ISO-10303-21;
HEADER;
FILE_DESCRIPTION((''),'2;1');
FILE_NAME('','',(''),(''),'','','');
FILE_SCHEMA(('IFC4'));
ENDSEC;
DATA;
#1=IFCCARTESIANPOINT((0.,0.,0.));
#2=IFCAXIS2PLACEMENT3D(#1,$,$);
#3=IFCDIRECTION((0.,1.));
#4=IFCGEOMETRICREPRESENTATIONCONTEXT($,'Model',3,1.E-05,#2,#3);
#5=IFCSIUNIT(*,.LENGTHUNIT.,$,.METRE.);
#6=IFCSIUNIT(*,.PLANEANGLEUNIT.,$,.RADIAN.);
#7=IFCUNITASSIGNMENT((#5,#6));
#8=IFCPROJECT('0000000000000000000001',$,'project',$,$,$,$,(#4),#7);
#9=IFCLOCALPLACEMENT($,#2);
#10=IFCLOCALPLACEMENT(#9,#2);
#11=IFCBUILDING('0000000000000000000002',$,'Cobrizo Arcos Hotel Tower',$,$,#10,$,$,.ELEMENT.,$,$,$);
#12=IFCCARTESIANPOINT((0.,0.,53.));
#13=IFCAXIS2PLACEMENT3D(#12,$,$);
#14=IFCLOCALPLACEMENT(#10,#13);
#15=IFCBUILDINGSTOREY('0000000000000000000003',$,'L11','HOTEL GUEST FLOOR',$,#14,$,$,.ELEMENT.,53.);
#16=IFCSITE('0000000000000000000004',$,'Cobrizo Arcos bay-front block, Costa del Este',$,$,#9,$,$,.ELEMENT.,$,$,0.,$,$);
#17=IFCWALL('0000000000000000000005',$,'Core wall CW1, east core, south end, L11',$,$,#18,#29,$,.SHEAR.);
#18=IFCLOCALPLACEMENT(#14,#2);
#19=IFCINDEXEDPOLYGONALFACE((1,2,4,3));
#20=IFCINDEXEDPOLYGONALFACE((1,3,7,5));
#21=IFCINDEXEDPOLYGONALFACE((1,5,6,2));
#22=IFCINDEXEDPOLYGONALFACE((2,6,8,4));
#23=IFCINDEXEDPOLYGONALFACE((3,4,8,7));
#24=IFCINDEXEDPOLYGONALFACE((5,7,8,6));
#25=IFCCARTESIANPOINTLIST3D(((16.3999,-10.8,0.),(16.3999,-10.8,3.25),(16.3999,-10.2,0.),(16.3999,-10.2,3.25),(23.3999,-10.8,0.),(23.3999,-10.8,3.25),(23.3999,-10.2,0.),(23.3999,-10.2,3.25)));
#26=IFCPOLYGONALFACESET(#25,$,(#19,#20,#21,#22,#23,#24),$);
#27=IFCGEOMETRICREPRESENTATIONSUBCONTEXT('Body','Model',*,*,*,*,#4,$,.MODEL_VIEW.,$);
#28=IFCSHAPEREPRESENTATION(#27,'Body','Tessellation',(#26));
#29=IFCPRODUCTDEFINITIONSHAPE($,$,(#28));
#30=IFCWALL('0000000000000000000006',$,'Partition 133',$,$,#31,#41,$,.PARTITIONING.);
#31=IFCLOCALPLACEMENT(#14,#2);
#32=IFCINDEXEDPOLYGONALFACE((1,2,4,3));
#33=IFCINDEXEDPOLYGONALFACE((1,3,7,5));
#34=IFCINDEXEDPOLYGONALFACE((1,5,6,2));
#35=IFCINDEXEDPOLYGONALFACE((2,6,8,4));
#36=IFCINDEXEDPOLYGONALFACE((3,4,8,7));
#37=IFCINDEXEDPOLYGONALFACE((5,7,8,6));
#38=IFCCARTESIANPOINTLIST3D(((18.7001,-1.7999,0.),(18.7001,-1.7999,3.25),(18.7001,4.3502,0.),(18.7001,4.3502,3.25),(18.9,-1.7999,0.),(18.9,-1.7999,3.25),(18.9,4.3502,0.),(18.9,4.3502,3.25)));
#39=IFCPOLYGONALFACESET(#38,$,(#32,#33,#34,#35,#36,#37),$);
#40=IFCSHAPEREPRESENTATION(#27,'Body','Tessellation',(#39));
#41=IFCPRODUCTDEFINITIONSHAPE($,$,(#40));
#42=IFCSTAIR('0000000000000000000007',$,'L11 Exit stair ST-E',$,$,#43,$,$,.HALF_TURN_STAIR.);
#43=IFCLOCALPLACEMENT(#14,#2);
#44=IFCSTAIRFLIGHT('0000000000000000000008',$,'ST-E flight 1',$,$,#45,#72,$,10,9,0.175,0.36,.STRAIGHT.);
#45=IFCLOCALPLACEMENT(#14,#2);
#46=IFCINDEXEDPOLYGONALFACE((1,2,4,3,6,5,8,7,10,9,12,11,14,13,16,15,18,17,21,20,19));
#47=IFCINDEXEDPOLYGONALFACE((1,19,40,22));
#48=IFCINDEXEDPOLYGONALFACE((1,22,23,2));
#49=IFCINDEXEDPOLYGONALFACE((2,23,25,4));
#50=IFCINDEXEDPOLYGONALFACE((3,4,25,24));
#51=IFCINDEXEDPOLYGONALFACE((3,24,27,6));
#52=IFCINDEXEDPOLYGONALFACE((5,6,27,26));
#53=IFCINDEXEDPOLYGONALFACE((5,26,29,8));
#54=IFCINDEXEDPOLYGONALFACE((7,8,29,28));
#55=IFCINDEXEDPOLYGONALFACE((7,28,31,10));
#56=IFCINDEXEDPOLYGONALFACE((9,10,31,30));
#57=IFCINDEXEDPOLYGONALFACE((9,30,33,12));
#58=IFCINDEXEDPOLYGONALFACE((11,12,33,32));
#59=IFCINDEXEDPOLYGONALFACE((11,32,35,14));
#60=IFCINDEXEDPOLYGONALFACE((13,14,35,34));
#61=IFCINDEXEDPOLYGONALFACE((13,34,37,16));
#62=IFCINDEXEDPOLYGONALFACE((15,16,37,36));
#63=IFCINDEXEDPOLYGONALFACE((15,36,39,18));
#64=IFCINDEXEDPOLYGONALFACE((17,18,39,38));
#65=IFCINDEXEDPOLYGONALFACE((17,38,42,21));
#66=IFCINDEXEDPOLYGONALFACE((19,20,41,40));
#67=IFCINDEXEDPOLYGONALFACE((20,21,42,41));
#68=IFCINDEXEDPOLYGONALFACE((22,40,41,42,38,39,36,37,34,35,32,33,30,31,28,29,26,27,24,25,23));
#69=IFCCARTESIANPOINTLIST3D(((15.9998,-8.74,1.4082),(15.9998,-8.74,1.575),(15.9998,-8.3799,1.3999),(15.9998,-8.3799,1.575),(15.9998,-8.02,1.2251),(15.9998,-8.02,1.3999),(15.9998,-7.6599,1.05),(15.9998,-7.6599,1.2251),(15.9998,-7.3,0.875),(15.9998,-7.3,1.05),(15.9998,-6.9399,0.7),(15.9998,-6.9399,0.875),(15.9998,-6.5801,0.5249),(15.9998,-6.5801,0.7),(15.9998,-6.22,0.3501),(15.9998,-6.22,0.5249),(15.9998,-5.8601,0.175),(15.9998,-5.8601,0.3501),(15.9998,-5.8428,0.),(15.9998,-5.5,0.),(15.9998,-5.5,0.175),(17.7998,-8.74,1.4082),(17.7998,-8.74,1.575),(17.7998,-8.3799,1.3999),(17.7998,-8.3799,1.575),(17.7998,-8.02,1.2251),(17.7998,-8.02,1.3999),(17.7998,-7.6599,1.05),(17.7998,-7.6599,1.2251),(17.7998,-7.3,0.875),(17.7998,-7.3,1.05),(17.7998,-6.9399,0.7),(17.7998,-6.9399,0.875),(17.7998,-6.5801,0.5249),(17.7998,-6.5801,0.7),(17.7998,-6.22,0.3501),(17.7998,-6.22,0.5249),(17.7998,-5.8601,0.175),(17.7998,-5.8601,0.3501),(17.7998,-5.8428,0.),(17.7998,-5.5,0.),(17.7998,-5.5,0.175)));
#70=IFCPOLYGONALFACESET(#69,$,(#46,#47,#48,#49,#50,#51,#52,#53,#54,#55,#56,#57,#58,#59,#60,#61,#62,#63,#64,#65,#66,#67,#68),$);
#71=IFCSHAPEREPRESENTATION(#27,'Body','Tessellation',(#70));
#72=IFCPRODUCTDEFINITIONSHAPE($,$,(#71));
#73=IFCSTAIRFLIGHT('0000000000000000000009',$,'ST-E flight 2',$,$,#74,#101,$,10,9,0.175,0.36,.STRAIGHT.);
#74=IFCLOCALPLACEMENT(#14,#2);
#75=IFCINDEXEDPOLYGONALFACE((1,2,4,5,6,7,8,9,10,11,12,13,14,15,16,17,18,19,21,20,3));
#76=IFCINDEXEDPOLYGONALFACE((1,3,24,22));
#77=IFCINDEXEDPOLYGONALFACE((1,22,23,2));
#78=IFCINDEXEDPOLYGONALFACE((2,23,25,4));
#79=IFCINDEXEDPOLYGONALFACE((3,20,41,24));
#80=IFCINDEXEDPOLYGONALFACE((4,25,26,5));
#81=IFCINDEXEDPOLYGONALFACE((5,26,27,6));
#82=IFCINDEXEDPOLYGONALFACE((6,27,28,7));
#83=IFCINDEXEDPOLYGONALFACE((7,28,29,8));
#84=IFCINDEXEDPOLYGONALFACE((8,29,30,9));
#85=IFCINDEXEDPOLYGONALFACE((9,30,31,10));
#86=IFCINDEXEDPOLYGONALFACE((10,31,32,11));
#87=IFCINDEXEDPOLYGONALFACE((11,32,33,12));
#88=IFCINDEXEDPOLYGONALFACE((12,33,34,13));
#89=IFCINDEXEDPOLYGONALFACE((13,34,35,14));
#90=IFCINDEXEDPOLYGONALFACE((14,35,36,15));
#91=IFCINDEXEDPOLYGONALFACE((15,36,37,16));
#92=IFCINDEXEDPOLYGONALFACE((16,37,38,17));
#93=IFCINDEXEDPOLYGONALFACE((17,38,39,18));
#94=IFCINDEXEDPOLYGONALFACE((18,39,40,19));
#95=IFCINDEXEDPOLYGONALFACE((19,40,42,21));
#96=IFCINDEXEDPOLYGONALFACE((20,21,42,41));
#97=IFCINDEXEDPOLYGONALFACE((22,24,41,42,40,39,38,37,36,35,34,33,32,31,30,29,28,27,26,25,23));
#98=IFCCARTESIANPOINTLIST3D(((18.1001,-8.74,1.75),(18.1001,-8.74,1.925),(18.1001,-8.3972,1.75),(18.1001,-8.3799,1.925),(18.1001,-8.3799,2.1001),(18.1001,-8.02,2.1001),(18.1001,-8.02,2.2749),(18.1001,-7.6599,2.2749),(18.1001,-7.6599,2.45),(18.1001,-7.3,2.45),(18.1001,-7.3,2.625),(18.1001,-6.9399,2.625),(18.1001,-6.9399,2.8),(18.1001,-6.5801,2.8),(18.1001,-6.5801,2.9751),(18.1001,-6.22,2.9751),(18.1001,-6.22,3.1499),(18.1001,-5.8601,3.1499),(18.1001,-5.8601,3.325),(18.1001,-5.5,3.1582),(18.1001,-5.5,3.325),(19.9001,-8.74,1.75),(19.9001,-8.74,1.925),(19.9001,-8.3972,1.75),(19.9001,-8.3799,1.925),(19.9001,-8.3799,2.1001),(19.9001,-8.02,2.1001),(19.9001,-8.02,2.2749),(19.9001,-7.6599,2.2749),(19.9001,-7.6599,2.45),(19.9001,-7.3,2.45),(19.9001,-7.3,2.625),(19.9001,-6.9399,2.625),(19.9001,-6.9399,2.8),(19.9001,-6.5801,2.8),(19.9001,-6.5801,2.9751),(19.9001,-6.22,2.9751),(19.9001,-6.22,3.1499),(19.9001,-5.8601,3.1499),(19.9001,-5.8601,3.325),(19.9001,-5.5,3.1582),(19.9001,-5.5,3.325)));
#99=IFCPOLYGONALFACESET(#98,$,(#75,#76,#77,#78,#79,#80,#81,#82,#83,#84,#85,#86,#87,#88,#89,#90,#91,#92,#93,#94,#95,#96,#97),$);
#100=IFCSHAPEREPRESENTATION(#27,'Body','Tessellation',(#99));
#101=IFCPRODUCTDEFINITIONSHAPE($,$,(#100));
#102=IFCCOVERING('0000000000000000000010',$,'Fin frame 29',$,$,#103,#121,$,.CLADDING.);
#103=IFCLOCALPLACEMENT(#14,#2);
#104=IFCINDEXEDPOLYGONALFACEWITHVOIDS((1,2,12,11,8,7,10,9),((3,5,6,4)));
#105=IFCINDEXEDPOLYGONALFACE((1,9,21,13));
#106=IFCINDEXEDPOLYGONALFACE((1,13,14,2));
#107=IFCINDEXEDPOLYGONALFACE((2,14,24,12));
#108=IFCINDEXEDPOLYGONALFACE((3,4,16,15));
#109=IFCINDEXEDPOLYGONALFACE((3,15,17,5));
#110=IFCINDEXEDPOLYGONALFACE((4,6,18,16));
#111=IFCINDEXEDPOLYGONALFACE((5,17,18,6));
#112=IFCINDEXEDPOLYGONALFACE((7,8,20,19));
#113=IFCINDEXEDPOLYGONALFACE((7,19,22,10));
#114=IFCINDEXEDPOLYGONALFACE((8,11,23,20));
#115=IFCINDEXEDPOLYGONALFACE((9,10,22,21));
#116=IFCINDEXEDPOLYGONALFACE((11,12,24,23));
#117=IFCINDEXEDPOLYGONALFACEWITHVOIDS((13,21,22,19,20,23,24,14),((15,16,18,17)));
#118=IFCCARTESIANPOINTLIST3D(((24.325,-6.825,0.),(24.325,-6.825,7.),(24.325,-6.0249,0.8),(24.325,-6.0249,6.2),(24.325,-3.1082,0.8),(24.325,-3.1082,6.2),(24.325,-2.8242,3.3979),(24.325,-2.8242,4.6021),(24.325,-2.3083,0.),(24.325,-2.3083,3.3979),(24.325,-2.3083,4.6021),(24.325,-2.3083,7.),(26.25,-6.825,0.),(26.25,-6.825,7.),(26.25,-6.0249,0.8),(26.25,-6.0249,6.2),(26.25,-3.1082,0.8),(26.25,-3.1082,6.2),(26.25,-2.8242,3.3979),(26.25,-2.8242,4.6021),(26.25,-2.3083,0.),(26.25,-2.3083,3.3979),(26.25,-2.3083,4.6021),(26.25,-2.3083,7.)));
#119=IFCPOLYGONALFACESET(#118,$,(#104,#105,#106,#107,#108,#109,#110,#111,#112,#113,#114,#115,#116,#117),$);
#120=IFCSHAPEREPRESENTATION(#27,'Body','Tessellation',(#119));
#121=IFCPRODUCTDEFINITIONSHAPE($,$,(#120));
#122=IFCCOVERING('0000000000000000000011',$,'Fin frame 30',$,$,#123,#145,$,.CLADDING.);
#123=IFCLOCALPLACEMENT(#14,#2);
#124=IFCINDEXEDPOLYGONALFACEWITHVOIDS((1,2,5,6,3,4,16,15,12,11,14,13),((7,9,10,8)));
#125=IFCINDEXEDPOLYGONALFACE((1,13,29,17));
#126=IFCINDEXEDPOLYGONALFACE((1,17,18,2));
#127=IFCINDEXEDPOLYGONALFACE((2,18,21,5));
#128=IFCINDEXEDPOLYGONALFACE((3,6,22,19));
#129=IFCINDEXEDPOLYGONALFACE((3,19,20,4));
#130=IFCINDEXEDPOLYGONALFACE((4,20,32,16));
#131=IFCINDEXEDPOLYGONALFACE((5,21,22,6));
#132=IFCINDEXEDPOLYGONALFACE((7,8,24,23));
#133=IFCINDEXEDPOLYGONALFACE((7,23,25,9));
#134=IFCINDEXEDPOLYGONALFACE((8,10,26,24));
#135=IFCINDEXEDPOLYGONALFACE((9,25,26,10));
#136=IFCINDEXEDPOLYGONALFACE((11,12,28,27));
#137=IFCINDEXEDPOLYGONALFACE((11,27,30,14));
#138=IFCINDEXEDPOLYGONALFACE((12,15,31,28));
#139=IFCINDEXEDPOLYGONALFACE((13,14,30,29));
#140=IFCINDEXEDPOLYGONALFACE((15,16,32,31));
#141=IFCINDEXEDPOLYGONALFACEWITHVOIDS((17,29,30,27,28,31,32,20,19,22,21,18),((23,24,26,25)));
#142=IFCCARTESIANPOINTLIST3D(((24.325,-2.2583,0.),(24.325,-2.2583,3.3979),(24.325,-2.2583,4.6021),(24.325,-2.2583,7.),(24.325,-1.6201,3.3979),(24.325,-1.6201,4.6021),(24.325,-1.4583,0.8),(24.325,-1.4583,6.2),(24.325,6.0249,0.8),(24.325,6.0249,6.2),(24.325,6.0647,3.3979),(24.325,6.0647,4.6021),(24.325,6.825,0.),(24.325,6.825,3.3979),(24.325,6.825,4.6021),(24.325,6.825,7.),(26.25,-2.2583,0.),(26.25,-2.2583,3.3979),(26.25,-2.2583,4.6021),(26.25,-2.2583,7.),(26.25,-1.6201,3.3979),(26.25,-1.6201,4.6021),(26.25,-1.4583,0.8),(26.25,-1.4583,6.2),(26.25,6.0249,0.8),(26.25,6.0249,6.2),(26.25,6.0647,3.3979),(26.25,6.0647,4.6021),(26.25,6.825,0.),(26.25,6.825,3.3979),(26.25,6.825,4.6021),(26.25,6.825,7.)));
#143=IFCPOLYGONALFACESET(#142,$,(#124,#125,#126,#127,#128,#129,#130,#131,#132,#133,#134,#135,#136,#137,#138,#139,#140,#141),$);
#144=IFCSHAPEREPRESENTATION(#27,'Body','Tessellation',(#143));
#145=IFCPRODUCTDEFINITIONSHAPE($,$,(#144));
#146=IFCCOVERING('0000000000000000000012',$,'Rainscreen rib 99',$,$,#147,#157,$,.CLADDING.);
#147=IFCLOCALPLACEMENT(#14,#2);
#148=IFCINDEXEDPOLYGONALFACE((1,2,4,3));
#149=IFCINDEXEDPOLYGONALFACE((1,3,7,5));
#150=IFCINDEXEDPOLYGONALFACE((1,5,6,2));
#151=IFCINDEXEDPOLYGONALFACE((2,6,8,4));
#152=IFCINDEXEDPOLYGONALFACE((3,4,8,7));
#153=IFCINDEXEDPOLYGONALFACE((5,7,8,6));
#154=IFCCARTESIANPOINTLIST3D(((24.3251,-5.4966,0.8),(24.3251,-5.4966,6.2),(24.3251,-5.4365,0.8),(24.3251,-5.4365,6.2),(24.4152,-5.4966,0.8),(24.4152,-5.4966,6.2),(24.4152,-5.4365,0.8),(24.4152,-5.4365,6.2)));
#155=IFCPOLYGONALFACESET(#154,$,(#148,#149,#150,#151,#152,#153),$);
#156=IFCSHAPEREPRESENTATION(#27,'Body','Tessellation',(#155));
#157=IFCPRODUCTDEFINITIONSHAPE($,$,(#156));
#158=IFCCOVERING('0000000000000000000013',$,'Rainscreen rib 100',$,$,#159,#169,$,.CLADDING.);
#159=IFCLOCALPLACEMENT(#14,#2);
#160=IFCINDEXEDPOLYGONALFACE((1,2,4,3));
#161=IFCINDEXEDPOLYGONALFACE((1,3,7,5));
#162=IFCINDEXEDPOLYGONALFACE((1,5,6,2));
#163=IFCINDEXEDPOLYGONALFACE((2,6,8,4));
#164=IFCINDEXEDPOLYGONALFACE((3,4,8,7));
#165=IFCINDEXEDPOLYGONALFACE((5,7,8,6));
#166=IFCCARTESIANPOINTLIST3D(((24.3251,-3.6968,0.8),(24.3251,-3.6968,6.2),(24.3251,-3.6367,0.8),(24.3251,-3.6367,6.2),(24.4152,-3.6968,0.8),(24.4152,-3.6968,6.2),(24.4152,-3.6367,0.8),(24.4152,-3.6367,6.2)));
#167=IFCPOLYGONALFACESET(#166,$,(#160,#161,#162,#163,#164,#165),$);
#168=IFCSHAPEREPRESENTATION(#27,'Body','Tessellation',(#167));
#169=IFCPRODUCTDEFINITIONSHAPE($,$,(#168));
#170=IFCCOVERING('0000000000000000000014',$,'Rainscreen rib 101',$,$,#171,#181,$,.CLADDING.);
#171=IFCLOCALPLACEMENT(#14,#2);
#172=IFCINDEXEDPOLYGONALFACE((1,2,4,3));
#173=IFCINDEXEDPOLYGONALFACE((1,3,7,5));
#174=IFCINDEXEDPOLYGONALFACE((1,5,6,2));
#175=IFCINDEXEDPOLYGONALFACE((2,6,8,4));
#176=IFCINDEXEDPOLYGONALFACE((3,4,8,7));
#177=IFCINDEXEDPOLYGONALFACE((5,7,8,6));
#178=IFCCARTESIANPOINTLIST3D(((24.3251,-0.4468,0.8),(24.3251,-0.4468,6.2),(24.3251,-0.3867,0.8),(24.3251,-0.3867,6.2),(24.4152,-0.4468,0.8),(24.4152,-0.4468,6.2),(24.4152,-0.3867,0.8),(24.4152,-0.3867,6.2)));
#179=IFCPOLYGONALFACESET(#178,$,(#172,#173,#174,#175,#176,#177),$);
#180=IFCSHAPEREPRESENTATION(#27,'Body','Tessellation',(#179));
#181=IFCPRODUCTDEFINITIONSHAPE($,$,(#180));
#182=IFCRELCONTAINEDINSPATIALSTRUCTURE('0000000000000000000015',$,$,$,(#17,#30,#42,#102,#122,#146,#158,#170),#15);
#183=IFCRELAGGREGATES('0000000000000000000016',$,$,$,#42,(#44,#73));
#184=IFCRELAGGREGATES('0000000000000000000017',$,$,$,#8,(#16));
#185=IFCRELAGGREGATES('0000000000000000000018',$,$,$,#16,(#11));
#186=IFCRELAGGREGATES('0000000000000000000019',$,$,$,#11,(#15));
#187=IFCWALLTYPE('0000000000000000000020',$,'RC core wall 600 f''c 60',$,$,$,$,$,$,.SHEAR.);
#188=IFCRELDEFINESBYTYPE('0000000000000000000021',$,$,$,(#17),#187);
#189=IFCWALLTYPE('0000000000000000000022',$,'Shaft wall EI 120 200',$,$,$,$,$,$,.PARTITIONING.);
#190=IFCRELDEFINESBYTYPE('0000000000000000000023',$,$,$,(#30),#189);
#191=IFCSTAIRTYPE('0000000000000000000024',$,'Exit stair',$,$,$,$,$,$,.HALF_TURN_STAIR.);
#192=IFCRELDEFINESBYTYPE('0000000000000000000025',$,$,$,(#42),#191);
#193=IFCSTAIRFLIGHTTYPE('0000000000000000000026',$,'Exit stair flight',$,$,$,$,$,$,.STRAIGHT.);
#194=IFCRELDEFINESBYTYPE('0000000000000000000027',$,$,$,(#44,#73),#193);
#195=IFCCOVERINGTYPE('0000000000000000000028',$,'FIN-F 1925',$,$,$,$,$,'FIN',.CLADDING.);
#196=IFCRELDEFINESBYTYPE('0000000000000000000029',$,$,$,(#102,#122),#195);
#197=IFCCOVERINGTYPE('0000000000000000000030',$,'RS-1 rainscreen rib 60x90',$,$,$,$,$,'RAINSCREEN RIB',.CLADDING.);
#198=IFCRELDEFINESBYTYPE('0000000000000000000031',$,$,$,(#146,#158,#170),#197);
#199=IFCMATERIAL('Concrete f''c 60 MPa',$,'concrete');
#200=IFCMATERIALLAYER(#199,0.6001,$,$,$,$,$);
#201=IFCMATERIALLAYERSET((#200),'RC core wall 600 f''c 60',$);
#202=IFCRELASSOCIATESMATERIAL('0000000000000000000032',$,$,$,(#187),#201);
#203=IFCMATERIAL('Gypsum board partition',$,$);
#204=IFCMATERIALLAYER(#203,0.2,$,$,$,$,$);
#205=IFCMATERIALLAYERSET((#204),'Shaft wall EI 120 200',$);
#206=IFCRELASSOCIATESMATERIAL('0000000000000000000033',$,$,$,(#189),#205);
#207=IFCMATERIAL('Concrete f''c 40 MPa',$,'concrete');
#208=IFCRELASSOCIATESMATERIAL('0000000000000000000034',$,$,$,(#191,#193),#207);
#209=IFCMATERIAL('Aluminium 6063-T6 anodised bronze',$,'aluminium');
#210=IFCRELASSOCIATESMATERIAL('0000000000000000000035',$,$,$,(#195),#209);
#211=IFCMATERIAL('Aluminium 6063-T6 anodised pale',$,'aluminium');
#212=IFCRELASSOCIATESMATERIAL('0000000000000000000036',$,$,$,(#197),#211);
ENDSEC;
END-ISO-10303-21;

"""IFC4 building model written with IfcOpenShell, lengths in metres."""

from ifc_helpers import new_model, si_unit, direction, frame, frame_2d, origin, origin_2d, place, context, subcontext, project, spatial, polyline, rectangle, outline, extrude, material, layer, layer_set, type_object, element, aggregate, save


model = new_model("IFC4")

# Units and contexts
model_context = context("Model", 3, precision=1e-05, world=origin(), true_north=direction((0.0, 1.0)))
body_context = subcontext(model_context, "Body", "Model", "MODEL_VIEW")
ifc_project = project(units=[si_unit("LENGTHUNIT", "METRE"), si_unit("PLANEANGLEUNIT", "RADIAN")], contexts=[model_context])

# Site, building, storey
site_placement = place(None, origin())
site = spatial("IfcSite", under=ifc_project, at=site_placement, Name="Cobrizo Arcos bay-front block, Costa del Este", CompositionType="ELEMENT", RefElevation=0.0)
building_placement = place(site_placement, origin())
building = spatial("IfcBuilding", under=site, at=building_placement, Name="Cobrizo Arcos Hotel Tower", CompositionType="ELEMENT")
storey_placement = place(building_placement, frame((0.0, 0.0, 53.0)))
storey = spatial("IfcBuildingStorey", under=building, at=storey_placement, Name="L11", Description="HOTEL GUEST FLOOR", CompositionType="ELEMENT", Elevation=53.0)

# Walls
ifc_material_1 = material(Name="Concrete f'c 60 MPa", Category="concrete")
ifc_layer_1 = layer(ifc_material_1, 0.6001)
ifc_layer_set_1 = layer_set([ifc_layer_1], Name="RC core wall 600 f'c 60")
wall_type_1 = type_object("IfcWallType", Name="RC core wall 600 f'c 60", PredefinedType="SHEAR", material=ifc_layer_set_1)
wall_1_placement = place(storey_placement, frame((16.3999, -10.5, 0.0), z_axis=(0.0, 0.0, 1.0), x_axis=(1.0, 0.0, 0.0)))
element("IfcWall", 1, at=wall_1_placement, inside=storey, type_object=wall_type_1, Name="Core wall CW1, east core, south end, L11", PredefinedType="SHEAR", context=body_context, shape_type="SweptSolid", body=[
    extrude(rectangle(XDim=7.0, YDim=0.6001, at=frame_2d((3.5, 0.0))), origin(), (0.0, 0.0, 1.0), 3.25),
])
ifc_material_2 = material(Name="Gypsum board partition")
ifc_layer_2 = layer(ifc_material_2, 0.2)
ifc_layer_set_2 = layer_set([ifc_layer_2], Name="Shaft wall EI 120 200")
wall_type_2 = type_object("IfcWallType", Name="Shaft wall EI 120 200", PredefinedType="PARTITIONING", material=ifc_layer_set_2)
wall_2_placement = place(storey_placement, frame((18.8, -1.8, 0.0), z_axis=(0.0, 0.0, 1.0), x_axis=(0.0, 1.0, 0.0)))
element("IfcWall", 2, at=wall_2_placement, inside=storey, type_object=wall_type_2, Name="Partition 133", PredefinedType="PARTITIONING", context=body_context, shape_type="SweptSolid", body=[
    extrude(rectangle(XDim=6.1501, YDim=0.2, at=frame_2d((3.0752, 0.0))), origin(), (0.0, 0.0, 1.0), 3.25),
])

# Stair, stair flights
ifc_material_3 = material(Name="Concrete f'c 40 MPa", Category="concrete")
stair_type = type_object("IfcStairType", Name="Exit stair", PredefinedType="HALF_TURN_STAIR", material=ifc_material_3)
stair_placement = place(storey_placement, origin())
stair = element("IfcStair", 3, at=stair_placement, inside=storey, type_object=stair_type, Name="L11 Exit stair ST-E", PredefinedType="HALF_TURN_STAIR")
stair_flight_type = type_object("IfcStairFlightType", Name="Exit stair flight", PredefinedType="STRAIGHT", material=ifc_material_3)
stair_flight_1_placement = place(storey_placement, frame((16.8999, -5.5, 0.0), z_axis=(0.0, 0.0, 1.0), x_axis=(0.0, -1.0, 0.0)))
stair_flight_1 = element("IfcStairFlight", 4, at=stair_flight_1_placement, type_object=stair_flight_type, Name="ST-E flight 1", NumberOfRisers=10, NumberOfTreads=9, PredefinedType="STRAIGHT", RiserHeight=0.175, TreadLength=0.36, context=body_context, shape_type="SweptSolid", body=[
    extrude(outline(polyline([(0.0, 0.0), (0.0, 0.175), (0.3601, 0.175), (0.3601, 0.3501), (0.72, 0.3501), (0.72, 0.5249), (1.0801, 0.5249), (1.0801, 0.7), (1.4399, 0.7), (1.4399, 0.875), (1.8, 0.875), (1.8, 1.05), (2.1599, 1.05), (2.1599, 1.2251), (2.52, 1.2251), (2.52, 1.3999), (2.8799, 1.3999), (2.8799, 1.575), (3.24, 1.575), (3.24, 1.75), (3.24, 1.4082), (0.3428, 0.0), (0.0, 0.0)])), frame((0.0, 0.8999, 0.0), z_axis=(0.0, -1.0, 0.0), x_axis=(1.0, 0.0, 0.0)), (0.0, 0.0, 1.0), 1.8),
])
stair_flight_2_placement = place(storey_placement, frame((19.0, -8.74, 1.75), z_axis=(0.0, 0.0, 1.0), x_axis=(0.0, 1.0, 0.0)))
stair_flight_2 = element("IfcStairFlight", 5, at=stair_flight_2_placement, type_object=stair_flight_type, Name="ST-E flight 2", NumberOfRisers=10, NumberOfTreads=9, PredefinedType="STRAIGHT", RiserHeight=0.175, TreadLength=0.36, context=body_context, shape_type="SweptSolid", body=[
    extrude(outline(polyline([(0.0, 0.0), (0.0, 0.175), (0.3601, 0.175), (0.3601, 0.3501), (0.72, 0.3501), (0.72, 0.5249), (1.0801, 0.5249), (1.0801, 0.7), (1.4399, 0.7), (1.4399, 0.875), (1.8, 0.875), (1.8, 1.05), (2.1599, 1.05), (2.1599, 1.2251), (2.52, 1.2251), (2.52, 1.3999), (2.8799, 1.3999), (2.8799, 1.575), (3.24, 1.575), (3.24, 1.75), (3.24, 1.4082), (0.3428, 0.0), (0.0, 0.0)])), frame((0.0, 0.8999, 0.0), z_axis=(0.0, -1.0, 0.0), x_axis=(1.0, 0.0, 0.0)), (0.0, 0.0, 1.0), 1.8),
])
aggregate(stair, [stair_flight_1, stair_flight_2])

# Coverings
ifc_material_4 = material(Name="Aluminium 6063-T6 anodised bronze", Category="aluminium")
covering_type_1 = type_object("IfcCoveringType", Name="FIN-F 1925", ElementType="FIN", PredefinedType="CLADDING", material=ifc_material_4)
covering_1_placement = place(storey_placement, frame((24.325, -6.825, 0.0), z_axis=(1.0, 0.0, 0.0), x_axis=(0.0, 1.0, 0.0)))
element("IfcCovering", 6, at=covering_1_placement, inside=storey, type_object=covering_type_1, Name="Fin frame 29", PredefinedType="CLADDING", context=body_context, shape_type="SweptSolid", body=[
    extrude(outline(polyline([(4.5166, 0.0), (4.5166, 3.3979), (4.0007, 3.3979), (4.0007, 4.6021), (4.5166, 4.6021), (4.5166, 7.0), (0.0, 7.0), (0.0, 0.0), (4.5166, 0.0)]), holes=[polyline([(3.7168, 0.8), (0.8, 0.8), (0.8, 6.2), (3.7168, 6.2), (3.7168, 0.8)])]), origin(), (0.0, 0.0, 1.0), 1.925),
])
covering_2_placement = place(storey_placement, frame((24.325, -2.2583, 0.0), z_axis=(1.0, 0.0, 0.0), x_axis=(0.0, 1.0, 0.0)))
element("IfcCovering", 7, at=covering_2_placement, inside=storey, type_object=covering_type_1, Name="Fin frame 30", PredefinedType="CLADDING", context=body_context, shape_type="SweptSolid", body=[
    extrude(outline(polyline([(9.0833, 0.0), (9.0833, 3.3979), (8.323, 3.3979), (8.323, 4.6021), (9.0833, 4.6021), (9.0833, 7.0), (0.0, 7.0), (0.0, 4.6021), (0.6382, 4.6021), (0.6382, 3.3979), (0.0, 3.3979), (0.0, 0.0), (9.0833, 0.0)]), holes=[polyline([(8.2832, 0.8), (0.8, 0.8), (0.8, 6.2), (8.2832, 6.2), (8.2832, 0.8)])]), origin(), (0.0, 0.0, 1.0), 1.925),
])
ifc_material_5 = material(Name="Aluminium 6063-T6 anodised pale", Category="aluminium")
covering_type_2 = type_object("IfcCoveringType", Name="RS-1 rainscreen rib 60x90", ElementType="RAINSCREEN RIB", PredefinedType="CLADDING", material=ifc_material_5)
for number, where, z_axis, x_axis, name in (
    (8, (24.3701, -5.4666, 0.8), (0.0, 0.0, 1.0), (0.0, 1.0, 0.0), "Rainscreen rib 99"),
    (9, (24.3701, -3.6667, 0.8), (0.0, 0.0, 1.0), (0.0, 1.0, 0.0), "Rainscreen rib 100"),
    (10, (24.3701, -0.4167, 0.8), (0.0, 0.0, 1.0), (0.0, 1.0, 0.0), "Rainscreen rib 101"),
):
    element("IfcCovering", number, at=place(storey_placement, frame(where, z_axis=z_axis, x_axis=x_axis)), inside=storey, type_object=covering_type_2, Name=name, PredefinedType="CLADDING", context=body_context, shape_type="SweptSolid", body=[
        extrude(rectangle(XDim=0.0601, YDim=0.0901, at=origin_2d()), origin(), (0.0, 0.0, 1.0), 5.3999),
    ])

save(model, "model.ifc")
